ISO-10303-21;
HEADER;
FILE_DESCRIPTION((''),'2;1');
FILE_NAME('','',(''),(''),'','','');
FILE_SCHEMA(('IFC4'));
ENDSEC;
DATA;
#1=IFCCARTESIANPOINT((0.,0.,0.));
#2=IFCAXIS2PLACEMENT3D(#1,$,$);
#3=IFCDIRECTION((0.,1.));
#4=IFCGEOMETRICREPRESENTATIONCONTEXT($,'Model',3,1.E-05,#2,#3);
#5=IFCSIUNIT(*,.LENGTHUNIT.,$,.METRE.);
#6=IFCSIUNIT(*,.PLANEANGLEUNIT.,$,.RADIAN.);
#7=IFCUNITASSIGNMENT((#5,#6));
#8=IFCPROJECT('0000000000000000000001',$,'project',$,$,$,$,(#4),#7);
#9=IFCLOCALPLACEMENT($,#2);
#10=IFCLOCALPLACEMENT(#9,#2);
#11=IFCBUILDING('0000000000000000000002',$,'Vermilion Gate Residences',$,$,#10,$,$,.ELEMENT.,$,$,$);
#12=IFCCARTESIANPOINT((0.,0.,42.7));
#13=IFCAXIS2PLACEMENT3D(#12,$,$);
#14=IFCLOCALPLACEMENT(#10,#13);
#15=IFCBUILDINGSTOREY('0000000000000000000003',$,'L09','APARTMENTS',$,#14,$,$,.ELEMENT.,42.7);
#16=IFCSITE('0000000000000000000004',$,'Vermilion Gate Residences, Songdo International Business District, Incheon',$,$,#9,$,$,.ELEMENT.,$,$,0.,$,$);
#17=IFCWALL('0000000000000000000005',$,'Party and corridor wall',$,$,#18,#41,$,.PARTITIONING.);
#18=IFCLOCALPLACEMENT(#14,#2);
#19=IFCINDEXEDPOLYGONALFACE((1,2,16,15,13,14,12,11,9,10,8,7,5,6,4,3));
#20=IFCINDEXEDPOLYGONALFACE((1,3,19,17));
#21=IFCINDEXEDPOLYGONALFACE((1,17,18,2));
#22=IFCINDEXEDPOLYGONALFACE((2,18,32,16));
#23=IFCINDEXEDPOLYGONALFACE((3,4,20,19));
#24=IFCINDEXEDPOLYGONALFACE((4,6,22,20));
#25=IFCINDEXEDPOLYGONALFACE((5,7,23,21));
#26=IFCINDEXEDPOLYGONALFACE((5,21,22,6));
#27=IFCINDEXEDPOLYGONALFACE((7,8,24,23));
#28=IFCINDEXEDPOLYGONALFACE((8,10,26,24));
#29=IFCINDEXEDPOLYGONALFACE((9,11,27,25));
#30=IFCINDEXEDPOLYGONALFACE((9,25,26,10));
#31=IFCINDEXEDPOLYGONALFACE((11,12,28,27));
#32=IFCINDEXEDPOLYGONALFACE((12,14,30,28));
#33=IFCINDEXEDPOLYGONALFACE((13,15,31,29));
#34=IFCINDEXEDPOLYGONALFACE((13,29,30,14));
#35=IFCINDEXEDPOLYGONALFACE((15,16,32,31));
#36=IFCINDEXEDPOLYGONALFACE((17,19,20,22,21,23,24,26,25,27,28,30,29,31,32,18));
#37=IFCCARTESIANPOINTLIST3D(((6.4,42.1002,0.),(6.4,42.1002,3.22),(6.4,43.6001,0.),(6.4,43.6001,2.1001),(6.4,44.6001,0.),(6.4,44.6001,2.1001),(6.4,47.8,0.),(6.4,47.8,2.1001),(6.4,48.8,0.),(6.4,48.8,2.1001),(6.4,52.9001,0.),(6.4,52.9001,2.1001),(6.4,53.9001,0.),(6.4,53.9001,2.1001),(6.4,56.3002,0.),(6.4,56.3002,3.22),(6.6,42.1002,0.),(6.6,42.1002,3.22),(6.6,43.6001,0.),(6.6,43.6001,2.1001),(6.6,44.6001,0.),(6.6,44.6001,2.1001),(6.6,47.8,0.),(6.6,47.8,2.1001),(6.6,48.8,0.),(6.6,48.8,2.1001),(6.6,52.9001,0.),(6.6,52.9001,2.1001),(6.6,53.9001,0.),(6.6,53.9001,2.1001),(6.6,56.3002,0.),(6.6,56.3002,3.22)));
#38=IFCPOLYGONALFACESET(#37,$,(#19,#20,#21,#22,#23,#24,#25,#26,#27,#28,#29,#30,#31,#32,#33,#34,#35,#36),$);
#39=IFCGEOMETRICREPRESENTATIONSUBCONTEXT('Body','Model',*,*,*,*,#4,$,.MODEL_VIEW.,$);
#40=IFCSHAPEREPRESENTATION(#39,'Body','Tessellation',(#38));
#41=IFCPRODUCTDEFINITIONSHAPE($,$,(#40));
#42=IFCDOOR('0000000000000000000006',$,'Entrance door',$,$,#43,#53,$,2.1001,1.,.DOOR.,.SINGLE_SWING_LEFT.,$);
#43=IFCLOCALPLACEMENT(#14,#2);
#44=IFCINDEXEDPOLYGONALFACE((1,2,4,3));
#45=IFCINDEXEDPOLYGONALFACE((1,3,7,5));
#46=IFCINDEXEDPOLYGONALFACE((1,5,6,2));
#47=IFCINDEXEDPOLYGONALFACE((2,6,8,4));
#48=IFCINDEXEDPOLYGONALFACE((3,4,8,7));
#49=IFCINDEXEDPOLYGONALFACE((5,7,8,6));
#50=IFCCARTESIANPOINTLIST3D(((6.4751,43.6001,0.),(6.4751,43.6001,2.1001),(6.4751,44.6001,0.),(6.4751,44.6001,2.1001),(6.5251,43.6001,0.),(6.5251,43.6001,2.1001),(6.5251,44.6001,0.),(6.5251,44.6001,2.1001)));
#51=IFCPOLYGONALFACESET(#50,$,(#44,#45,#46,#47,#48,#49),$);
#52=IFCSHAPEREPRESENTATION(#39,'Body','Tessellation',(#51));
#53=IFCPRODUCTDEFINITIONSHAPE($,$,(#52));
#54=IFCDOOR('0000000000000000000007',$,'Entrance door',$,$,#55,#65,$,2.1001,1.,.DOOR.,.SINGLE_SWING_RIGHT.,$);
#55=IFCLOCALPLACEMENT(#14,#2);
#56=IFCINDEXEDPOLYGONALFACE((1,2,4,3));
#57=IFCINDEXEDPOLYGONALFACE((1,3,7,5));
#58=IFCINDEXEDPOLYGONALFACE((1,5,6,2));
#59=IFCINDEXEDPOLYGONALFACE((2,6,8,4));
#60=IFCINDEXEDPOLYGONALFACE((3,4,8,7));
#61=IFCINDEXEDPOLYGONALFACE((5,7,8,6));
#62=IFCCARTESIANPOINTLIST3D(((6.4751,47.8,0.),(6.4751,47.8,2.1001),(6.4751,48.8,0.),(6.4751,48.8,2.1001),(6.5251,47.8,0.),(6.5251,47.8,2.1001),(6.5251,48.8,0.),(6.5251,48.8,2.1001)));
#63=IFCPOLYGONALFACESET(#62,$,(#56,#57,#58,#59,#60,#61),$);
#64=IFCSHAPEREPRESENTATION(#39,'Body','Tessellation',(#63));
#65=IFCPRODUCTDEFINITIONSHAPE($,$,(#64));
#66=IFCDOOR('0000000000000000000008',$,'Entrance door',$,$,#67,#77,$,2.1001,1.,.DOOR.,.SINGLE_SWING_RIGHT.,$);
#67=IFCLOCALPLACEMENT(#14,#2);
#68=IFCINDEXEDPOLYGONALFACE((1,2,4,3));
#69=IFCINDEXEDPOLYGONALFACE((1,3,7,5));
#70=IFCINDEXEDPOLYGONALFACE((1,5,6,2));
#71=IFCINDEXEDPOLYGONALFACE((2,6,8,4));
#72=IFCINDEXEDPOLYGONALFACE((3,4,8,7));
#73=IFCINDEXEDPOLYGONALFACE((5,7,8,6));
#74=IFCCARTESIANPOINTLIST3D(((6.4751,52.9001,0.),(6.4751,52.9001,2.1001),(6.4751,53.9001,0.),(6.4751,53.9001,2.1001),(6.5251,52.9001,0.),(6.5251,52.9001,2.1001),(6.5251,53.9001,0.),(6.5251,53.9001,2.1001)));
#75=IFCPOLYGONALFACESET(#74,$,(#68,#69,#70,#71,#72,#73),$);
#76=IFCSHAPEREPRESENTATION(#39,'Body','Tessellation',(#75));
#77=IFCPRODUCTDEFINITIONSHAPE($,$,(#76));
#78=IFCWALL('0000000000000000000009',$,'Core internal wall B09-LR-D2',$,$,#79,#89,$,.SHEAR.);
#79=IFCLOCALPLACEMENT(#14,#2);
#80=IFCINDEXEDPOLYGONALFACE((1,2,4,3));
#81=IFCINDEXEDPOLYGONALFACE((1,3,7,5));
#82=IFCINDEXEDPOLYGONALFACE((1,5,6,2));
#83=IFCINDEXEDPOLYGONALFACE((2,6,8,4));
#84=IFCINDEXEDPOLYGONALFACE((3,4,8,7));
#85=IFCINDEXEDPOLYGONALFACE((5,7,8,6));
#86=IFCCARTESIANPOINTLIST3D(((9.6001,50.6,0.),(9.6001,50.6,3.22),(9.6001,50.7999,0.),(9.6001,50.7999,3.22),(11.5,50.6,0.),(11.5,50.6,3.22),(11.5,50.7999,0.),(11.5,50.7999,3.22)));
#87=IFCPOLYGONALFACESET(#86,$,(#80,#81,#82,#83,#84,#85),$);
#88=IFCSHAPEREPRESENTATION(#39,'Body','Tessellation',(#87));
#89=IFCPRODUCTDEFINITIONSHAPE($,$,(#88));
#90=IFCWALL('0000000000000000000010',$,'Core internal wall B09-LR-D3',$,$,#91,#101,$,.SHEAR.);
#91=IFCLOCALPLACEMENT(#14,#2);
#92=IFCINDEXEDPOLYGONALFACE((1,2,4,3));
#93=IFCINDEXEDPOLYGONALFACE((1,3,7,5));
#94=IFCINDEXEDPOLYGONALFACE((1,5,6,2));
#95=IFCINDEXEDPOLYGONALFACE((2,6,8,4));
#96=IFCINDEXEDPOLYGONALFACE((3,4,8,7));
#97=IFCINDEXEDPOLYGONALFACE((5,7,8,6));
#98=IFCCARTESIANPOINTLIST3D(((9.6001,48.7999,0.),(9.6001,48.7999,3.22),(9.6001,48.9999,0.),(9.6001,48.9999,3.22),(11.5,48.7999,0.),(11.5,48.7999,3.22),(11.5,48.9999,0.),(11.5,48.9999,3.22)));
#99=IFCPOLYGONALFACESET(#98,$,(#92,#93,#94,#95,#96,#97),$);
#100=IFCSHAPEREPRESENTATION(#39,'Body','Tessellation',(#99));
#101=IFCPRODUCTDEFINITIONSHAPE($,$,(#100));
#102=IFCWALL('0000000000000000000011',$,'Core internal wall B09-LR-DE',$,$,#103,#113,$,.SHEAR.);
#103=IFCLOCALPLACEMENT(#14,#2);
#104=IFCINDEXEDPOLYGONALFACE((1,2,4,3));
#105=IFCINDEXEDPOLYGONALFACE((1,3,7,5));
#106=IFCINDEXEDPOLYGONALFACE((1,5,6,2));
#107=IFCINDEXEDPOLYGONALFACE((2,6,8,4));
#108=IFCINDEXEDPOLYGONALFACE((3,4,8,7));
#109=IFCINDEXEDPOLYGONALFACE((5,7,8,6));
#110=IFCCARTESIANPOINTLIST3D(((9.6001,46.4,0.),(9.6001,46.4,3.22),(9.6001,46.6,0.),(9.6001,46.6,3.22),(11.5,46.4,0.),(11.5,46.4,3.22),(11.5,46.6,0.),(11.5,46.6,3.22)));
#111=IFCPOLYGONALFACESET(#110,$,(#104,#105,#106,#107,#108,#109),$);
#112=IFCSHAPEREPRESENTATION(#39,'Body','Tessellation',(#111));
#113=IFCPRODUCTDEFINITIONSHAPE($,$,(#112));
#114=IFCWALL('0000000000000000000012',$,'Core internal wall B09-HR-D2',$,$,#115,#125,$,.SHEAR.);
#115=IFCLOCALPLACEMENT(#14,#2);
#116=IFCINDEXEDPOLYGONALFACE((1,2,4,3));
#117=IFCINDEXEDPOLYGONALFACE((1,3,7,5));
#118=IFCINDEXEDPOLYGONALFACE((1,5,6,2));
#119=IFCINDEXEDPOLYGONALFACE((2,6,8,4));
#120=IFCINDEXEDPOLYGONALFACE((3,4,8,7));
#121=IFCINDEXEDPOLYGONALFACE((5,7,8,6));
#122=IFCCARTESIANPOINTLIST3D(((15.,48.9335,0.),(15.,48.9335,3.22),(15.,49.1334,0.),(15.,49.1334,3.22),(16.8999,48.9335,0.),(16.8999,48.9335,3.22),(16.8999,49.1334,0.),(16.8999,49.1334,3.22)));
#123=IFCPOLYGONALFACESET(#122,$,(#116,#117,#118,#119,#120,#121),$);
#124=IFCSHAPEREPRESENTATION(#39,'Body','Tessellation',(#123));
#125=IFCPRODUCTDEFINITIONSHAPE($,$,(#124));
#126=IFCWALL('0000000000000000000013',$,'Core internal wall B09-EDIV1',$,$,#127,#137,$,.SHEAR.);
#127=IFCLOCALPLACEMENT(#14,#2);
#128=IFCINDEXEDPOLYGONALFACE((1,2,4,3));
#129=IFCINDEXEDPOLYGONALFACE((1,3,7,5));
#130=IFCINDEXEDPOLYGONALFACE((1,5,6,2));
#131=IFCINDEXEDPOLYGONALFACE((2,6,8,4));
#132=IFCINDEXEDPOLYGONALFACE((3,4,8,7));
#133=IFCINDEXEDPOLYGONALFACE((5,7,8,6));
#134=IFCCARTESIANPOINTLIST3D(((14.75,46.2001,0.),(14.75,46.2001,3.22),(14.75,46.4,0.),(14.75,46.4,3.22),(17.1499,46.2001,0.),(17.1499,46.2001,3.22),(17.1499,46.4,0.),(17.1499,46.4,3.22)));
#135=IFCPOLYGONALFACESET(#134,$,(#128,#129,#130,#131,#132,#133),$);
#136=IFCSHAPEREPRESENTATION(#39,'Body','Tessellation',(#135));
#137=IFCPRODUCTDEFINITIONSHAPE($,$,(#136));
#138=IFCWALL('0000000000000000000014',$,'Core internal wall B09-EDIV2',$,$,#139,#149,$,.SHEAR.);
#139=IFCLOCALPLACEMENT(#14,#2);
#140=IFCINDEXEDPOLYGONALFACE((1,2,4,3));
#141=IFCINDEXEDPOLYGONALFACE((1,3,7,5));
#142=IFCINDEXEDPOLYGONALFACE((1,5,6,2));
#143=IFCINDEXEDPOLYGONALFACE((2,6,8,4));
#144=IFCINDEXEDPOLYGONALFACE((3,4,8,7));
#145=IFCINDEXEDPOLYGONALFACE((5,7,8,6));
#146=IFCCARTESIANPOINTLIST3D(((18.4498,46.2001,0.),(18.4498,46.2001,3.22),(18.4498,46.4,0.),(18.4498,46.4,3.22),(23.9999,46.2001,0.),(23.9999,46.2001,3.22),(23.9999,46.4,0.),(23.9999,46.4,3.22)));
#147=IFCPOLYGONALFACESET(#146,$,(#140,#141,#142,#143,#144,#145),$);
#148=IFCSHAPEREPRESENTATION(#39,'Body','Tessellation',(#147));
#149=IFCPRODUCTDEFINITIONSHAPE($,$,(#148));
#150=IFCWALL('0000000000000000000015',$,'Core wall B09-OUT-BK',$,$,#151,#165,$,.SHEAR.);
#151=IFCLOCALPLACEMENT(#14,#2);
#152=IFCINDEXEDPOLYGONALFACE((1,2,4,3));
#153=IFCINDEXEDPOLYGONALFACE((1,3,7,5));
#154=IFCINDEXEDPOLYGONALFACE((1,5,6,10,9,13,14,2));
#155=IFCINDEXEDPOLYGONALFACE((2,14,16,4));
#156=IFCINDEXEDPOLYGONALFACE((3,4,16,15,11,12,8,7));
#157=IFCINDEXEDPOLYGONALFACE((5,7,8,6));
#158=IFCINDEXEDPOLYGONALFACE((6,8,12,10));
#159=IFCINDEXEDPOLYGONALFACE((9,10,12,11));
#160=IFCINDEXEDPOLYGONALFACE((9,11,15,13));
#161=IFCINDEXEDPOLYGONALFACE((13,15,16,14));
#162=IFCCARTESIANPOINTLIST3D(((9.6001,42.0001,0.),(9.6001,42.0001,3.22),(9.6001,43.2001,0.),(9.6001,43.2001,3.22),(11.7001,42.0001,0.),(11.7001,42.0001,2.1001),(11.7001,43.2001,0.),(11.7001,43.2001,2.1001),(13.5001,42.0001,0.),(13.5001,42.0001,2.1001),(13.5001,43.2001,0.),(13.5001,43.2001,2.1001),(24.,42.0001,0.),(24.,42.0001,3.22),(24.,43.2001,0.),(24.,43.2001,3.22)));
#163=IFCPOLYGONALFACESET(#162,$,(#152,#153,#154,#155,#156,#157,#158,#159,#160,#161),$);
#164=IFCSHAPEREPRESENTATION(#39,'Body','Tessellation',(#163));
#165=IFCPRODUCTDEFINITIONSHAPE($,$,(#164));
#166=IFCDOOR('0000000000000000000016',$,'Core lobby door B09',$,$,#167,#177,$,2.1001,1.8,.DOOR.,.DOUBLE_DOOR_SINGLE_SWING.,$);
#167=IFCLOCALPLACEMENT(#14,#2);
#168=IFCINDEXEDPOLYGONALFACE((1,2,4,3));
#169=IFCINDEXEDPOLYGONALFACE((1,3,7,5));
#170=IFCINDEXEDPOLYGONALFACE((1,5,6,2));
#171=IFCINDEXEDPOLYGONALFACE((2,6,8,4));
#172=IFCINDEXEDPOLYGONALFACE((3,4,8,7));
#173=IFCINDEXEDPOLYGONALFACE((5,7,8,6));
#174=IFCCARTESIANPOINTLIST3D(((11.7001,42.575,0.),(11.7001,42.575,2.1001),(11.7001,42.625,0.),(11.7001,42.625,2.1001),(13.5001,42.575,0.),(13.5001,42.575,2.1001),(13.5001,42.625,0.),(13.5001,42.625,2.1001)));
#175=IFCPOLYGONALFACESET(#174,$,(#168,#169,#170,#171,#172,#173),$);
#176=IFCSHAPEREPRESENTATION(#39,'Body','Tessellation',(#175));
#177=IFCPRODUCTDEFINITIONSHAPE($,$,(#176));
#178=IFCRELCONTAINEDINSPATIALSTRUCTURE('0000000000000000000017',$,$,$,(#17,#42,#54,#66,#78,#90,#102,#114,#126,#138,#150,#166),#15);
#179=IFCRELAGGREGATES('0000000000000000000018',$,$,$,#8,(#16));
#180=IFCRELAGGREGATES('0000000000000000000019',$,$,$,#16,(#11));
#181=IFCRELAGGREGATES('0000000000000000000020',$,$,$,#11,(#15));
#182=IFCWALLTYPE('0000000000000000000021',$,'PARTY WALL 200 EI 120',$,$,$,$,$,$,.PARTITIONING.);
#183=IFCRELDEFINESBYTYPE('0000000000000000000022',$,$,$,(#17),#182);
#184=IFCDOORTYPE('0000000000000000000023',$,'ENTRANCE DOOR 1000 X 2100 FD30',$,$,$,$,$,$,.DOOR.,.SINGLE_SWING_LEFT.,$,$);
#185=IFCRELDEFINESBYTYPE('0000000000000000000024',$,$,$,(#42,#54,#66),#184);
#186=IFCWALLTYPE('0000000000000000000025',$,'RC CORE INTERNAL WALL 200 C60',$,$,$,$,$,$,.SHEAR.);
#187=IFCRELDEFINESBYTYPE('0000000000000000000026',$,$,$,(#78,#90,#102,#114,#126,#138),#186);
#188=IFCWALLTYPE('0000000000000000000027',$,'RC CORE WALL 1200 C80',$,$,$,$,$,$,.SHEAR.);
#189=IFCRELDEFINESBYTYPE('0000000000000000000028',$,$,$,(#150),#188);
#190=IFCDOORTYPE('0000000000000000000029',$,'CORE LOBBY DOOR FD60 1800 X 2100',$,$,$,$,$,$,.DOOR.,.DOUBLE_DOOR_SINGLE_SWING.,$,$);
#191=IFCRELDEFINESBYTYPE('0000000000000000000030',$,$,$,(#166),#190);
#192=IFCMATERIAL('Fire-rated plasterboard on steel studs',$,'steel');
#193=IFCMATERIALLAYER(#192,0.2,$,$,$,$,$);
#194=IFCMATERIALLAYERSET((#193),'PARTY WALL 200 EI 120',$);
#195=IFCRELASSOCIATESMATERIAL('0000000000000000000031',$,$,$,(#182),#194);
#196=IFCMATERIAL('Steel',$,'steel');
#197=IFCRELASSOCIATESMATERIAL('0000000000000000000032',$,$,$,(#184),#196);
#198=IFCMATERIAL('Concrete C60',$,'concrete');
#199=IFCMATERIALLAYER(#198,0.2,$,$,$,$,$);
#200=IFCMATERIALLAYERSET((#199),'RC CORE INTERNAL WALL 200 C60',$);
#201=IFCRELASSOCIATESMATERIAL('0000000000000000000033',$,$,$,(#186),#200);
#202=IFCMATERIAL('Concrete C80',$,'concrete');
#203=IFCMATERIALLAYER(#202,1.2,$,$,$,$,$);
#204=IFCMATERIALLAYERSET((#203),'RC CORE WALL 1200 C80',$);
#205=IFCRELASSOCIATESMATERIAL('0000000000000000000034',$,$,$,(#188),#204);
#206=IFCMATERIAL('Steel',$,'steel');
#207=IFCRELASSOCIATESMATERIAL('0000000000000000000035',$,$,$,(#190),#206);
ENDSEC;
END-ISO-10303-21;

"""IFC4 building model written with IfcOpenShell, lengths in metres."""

from ifc_helpers import new_model, si_unit, direction, frame, frame_2d, origin, place, context, subcontext, project, spatial, rectangle, extrude, material, layer, layer_set, type_object, element, fill, save


model = new_model("IFC4")

# Units and contexts
model_context = context("Model", 3, precision=1e-05, world=origin(), true_north=direction((0.0, 1.0)))
body_context = subcontext(model_context, "Body", "Model", "MODEL_VIEW")
ifc_project = project(units=[si_unit("LENGTHUNIT", "METRE"), si_unit("PLANEANGLEUNIT", "RADIAN")], contexts=[model_context])

# Site, building, storey
site_placement = place(None, origin())
site = spatial("IfcSite", under=ifc_project, at=site_placement, Name="Vermilion Gate Residences, Songdo International Business District, Incheon", CompositionType="ELEMENT", RefElevation=0.0)
building_placement = place(site_placement, origin())
building = spatial("IfcBuilding", under=site, at=building_placement, Name="Vermilion Gate Residences", CompositionType="ELEMENT")
storey_placement = place(building_placement, frame((0.0, 0.0, 42.7)))
storey = spatial("IfcBuildingStorey", under=building, at=storey_placement, Name="L09", Description="APARTMENTS", CompositionType="ELEMENT", Elevation=42.7)

# Shared definitions
ifc_material_1 = material(Name="Fire-rated plasterboard on steel studs", Category="steel")
ifc_layer_1 = layer(ifc_material_1, 0.2)
ifc_layer_set_1 = layer_set([ifc_layer_1], Name="PARTY WALL 200 EI 120")
wall_type_1 = type_object("IfcWallType", Name="PARTY WALL 200 EI 120", PredefinedType="PARTITIONING", material=ifc_layer_set_1)

# Wall, openings, doors
wall_1_placement = place(storey_placement, frame((6.5, 42.1001, 0.0), z_axis=(0.0, 0.0, 1.0), x_axis=(0.0, 1.0, 0.0)))
wall_1 = element("IfcWall", 1, at=wall_1_placement, inside=storey, type_object=wall_type_1, Name="Party and corridor wall", PredefinedType="PARTITIONING", context=body_context, shape_type="SweptSolid", body=[
    extrude(rectangle(XDim=14.2, YDim=0.2, at=frame_2d((7.1001, 0.0))), origin(), (0.0, 0.0, 1.0), 3.22),
])
opening_1_placement = place(wall_1_placement, frame((1.5, 0.0, 0.0)))
opening_1 = element("IfcOpeningElement", 2, at=opening_1_placement, cuts=wall_1, PredefinedType="OPENING", context=body_context, shape_type="SweptSolid", body=[
    extrude(rectangle(XDim=1.0, YDim=2.1001, at=frame_2d((0.5, 1.05))), frame((0.0, 0.1099, 0.0), z_axis=(0.0, -1.0, 0.0), x_axis=(1.0, 0.0, 0.0)), (0.0, 0.0, 1.0), 0.22),
])
opening_2_placement = place(wall_1_placement, frame((5.7, 0.0, 0.0)))
opening_2 = element("IfcOpeningElement", 3, at=opening_2_placement, cuts=wall_1, PredefinedType="OPENING", context=body_context, shape_type="SweptSolid", body=[
    extrude(rectangle(XDim=1.0, YDim=2.1001, at=frame_2d((0.5, 1.05))), frame((0.0, 0.1099, 0.0), z_axis=(0.0, -1.0, 0.0), x_axis=(1.0, 0.0, 0.0)), (0.0, 0.0, 1.0), 0.22),
])
opening_3_placement = place(wall_1_placement, frame((10.8, 0.0, 0.0)))
opening_3 = element("IfcOpeningElement", 4, at=opening_3_placement, cuts=wall_1, PredefinedType="OPENING", context=body_context, shape_type="SweptSolid", body=[
    extrude(rectangle(XDim=1.0, YDim=2.1001, at=frame_2d((0.5, 1.05))), frame((0.0, 0.1099, 0.0), z_axis=(0.0, -1.0, 0.0), x_axis=(1.0, 0.0, 0.0)), (0.0, 0.0, 1.0), 0.22),
])
ifc_material_2 = material(Name="Steel", Category="steel")
door_type_1 = type_object("IfcDoorType", Name="ENTRANCE DOOR 1000 X 2100 FD30", OperationType="SINGLE_SWING_LEFT", PredefinedType="DOOR", material=ifc_material_2)
door_1_placement = place(opening_1_placement, origin())
door_1 = element("IfcDoor", 5, at=door_1_placement, inside=storey, type_object=door_type_1, Name="Entrance door", OperationType="SINGLE_SWING_LEFT", OverallHeight=2.1001, OverallWidth=1.0, PredefinedType="DOOR", context=body_context, shape_type="SweptSolid", body=[
    extrude(rectangle(XDim=1.0, YDim=2.1001, at=frame_2d((0.5, 1.05))), frame((0.0, 0.0249, 0.0), z_axis=(0.0, -1.0, 0.0), x_axis=(1.0, 0.0, 0.0)), (0.0, 0.0, 1.0), 0.05),
])
fill(opening_1, door_1)
door_2_placement = place(opening_2_placement, origin())
door_2 = element("IfcDoor", 6, at=door_2_placement, inside=storey, type_object=door_type_1, Name="Entrance door", OperationType="SINGLE_SWING_RIGHT", OverallHeight=2.1001, OverallWidth=1.0, PredefinedType="DOOR", context=body_context, shape_type="SweptSolid", body=[
    extrude(rectangle(XDim=1.0, YDim=2.1001, at=frame_2d((0.5, 1.05))), frame((0.0, 0.0249, 0.0), z_axis=(0.0, -1.0, 0.0), x_axis=(1.0, 0.0, 0.0)), (0.0, 0.0, 1.0), 0.05),
])
fill(opening_2, door_2)
door_3_placement = place(opening_3_placement, origin())
door_3 = element("IfcDoor", 7, at=door_3_placement, inside=storey, type_object=door_type_1, Name="Entrance door", OperationType="SINGLE_SWING_RIGHT", OverallHeight=2.1001, OverallWidth=1.0, PredefinedType="DOOR", context=body_context, shape_type="SweptSolid", body=[
    extrude(rectangle(XDim=1.0, YDim=2.1001, at=frame_2d((0.5, 1.05))), frame((0.0, 0.0249, 0.0), z_axis=(0.0, -1.0, 0.0), x_axis=(1.0, 0.0, 0.0)), (0.0, 0.0, 1.0), 0.05),
])
fill(opening_3, door_3)

# Walls
ifc_material_3 = material(Name="Concrete C60", Category="concrete")
ifc_layer_2 = layer(ifc_material_3, 0.2)
ifc_layer_set_2 = layer_set([ifc_layer_2], Name="RC CORE INTERNAL WALL 200 C60")
wall_type_2 = type_object("IfcWallType", Name="RC CORE INTERNAL WALL 200 C60", PredefinedType="SHEAR", material=ifc_layer_set_2)
for number, where, z_axis, x_axis, name in (
    (8, (9.6001, 50.7, 0.0), (0.0, 0.0, 1.0), (1.0, 0.0, 0.0), "Core internal wall B09-LR-D2"),
    (9, (9.6001, 48.8999, 0.0), (0.0, 0.0, 1.0), (1.0, 0.0, 0.0), "Core internal wall B09-LR-D3"),
    (10, (9.6001, 46.5, 0.0), (0.0, 0.0, 1.0), (1.0, 0.0, 0.0), "Core internal wall B09-LR-DE"),
    (11, (15.0, 49.0334, 0.0), (0.0, 0.0, 1.0), (1.0, 0.0, 0.0), "Core internal wall B09-HR-D2"),
):
    element("IfcWall", number, at=place(storey_placement, frame(where, z_axis=z_axis, x_axis=x_axis)), inside=storey, type_object=wall_type_2, Name=name, PredefinedType="SHEAR", context=body_context, shape_type="SweptSolid", body=[
        extrude(rectangle(XDim=1.8999, YDim=0.2, at=frame_2d((0.95, 0.0))), origin(), (0.0, 0.0, 1.0), 3.22),
    ])
wall_2_placement = place(storey_placement, frame((14.75, 46.3, 0.0), z_axis=(0.0, 0.0, 1.0), x_axis=(1.0, 0.0, 0.0)))
element("IfcWall", 12, at=wall_2_placement, inside=storey, type_object=wall_type_2, Name="Core internal wall B09-EDIV1", PredefinedType="SHEAR", context=body_context, shape_type="SweptSolid", body=[
    extrude(rectangle(XDim=2.3999, YDim=0.2, at=frame_2d((1.2, 0.0))), origin(), (0.0, 0.0, 1.0), 3.22),
])
wall_3_placement = place(storey_placement, frame((18.45, 46.3, 0.0), z_axis=(0.0, 0.0, 1.0), x_axis=(1.0, 0.0, 0.0)))
element("IfcWall", 13, at=wall_3_placement, inside=storey, type_object=wall_type_2, Name="Core internal wall B09-EDIV2", PredefinedType="SHEAR", context=body_context, shape_type="SweptSolid", body=[
    extrude(rectangle(XDim=5.55, YDim=0.2, at=frame_2d((2.7749, 0.0))), origin(), (0.0, 0.0, 1.0), 3.22),
])

# Wall, opening, door
ifc_material_4 = material(Name="Concrete C80", Category="concrete")
ifc_layer_3 = layer(ifc_material_4, 1.2)
ifc_layer_set_3 = layer_set([ifc_layer_3], Name="RC CORE WALL 1200 C80")
wall_type_3 = type_object("IfcWallType", Name="RC CORE WALL 1200 C80", PredefinedType="SHEAR", material=ifc_layer_set_3)
wall_4_placement = place(storey_placement, frame((9.6001, 42.6001, 0.0), z_axis=(0.0, 0.0, 1.0), x_axis=(1.0, 0.0, 0.0)))
wall_4 = element("IfcWall", 14, at=wall_4_placement, inside=storey, type_object=wall_type_3, Name="Core wall B09-OUT-BK", PredefinedType="SHEAR", context=body_context, shape_type="SweptSolid", body=[
    extrude(rectangle(XDim=14.3999, YDim=1.2, at=frame_2d((7.2, 0.0))), origin(), (0.0, 0.0, 1.0), 3.22),
])
opening_4_placement = place(wall_4_placement, frame((2.1001, 0.0, 0.0)))
opening_4 = element("IfcOpeningElement", 15, at=opening_4_placement, cuts=wall_4, PredefinedType="OPENING", context=body_context, shape_type="SweptSolid", body=[
    extrude(rectangle(XDim=1.8, YDim=2.1001, at=frame_2d((0.8999, 1.05))), frame((0.0, 0.6099, 0.0), z_axis=(0.0, -1.0, 0.0), x_axis=(1.0, 0.0, 0.0)), (0.0, 0.0, 1.0), 1.22),
])
ifc_material_5 = material(Name="Steel", Category="steel")
door_type_2 = type_object("IfcDoorType", Name="CORE LOBBY DOOR FD60 1800 X 2100", OperationType="DOUBLE_DOOR_SINGLE_SWING", PredefinedType="DOOR", material=ifc_material_5)
door_4_placement = place(opening_4_placement, origin())
door_4 = element("IfcDoor", 16, at=door_4_placement, inside=storey, type_object=door_type_2, Name="Core lobby door B09", OperationType="DOUBLE_DOOR_SINGLE_SWING", OverallHeight=2.1001, OverallWidth=1.8, PredefinedType="DOOR", context=body_context, shape_type="SweptSolid", body=[
    extrude(rectangle(XDim=1.8, YDim=2.1001, at=frame_2d((0.8999, 1.05))), frame((0.0, 0.0249, 0.0), z_axis=(0.0, -1.0, 0.0), x_axis=(1.0, 0.0, 0.0)), (0.0, 0.0, 1.0), 0.05),
])
fill(opening_4, door_4)

save(model, "model.ifc")
